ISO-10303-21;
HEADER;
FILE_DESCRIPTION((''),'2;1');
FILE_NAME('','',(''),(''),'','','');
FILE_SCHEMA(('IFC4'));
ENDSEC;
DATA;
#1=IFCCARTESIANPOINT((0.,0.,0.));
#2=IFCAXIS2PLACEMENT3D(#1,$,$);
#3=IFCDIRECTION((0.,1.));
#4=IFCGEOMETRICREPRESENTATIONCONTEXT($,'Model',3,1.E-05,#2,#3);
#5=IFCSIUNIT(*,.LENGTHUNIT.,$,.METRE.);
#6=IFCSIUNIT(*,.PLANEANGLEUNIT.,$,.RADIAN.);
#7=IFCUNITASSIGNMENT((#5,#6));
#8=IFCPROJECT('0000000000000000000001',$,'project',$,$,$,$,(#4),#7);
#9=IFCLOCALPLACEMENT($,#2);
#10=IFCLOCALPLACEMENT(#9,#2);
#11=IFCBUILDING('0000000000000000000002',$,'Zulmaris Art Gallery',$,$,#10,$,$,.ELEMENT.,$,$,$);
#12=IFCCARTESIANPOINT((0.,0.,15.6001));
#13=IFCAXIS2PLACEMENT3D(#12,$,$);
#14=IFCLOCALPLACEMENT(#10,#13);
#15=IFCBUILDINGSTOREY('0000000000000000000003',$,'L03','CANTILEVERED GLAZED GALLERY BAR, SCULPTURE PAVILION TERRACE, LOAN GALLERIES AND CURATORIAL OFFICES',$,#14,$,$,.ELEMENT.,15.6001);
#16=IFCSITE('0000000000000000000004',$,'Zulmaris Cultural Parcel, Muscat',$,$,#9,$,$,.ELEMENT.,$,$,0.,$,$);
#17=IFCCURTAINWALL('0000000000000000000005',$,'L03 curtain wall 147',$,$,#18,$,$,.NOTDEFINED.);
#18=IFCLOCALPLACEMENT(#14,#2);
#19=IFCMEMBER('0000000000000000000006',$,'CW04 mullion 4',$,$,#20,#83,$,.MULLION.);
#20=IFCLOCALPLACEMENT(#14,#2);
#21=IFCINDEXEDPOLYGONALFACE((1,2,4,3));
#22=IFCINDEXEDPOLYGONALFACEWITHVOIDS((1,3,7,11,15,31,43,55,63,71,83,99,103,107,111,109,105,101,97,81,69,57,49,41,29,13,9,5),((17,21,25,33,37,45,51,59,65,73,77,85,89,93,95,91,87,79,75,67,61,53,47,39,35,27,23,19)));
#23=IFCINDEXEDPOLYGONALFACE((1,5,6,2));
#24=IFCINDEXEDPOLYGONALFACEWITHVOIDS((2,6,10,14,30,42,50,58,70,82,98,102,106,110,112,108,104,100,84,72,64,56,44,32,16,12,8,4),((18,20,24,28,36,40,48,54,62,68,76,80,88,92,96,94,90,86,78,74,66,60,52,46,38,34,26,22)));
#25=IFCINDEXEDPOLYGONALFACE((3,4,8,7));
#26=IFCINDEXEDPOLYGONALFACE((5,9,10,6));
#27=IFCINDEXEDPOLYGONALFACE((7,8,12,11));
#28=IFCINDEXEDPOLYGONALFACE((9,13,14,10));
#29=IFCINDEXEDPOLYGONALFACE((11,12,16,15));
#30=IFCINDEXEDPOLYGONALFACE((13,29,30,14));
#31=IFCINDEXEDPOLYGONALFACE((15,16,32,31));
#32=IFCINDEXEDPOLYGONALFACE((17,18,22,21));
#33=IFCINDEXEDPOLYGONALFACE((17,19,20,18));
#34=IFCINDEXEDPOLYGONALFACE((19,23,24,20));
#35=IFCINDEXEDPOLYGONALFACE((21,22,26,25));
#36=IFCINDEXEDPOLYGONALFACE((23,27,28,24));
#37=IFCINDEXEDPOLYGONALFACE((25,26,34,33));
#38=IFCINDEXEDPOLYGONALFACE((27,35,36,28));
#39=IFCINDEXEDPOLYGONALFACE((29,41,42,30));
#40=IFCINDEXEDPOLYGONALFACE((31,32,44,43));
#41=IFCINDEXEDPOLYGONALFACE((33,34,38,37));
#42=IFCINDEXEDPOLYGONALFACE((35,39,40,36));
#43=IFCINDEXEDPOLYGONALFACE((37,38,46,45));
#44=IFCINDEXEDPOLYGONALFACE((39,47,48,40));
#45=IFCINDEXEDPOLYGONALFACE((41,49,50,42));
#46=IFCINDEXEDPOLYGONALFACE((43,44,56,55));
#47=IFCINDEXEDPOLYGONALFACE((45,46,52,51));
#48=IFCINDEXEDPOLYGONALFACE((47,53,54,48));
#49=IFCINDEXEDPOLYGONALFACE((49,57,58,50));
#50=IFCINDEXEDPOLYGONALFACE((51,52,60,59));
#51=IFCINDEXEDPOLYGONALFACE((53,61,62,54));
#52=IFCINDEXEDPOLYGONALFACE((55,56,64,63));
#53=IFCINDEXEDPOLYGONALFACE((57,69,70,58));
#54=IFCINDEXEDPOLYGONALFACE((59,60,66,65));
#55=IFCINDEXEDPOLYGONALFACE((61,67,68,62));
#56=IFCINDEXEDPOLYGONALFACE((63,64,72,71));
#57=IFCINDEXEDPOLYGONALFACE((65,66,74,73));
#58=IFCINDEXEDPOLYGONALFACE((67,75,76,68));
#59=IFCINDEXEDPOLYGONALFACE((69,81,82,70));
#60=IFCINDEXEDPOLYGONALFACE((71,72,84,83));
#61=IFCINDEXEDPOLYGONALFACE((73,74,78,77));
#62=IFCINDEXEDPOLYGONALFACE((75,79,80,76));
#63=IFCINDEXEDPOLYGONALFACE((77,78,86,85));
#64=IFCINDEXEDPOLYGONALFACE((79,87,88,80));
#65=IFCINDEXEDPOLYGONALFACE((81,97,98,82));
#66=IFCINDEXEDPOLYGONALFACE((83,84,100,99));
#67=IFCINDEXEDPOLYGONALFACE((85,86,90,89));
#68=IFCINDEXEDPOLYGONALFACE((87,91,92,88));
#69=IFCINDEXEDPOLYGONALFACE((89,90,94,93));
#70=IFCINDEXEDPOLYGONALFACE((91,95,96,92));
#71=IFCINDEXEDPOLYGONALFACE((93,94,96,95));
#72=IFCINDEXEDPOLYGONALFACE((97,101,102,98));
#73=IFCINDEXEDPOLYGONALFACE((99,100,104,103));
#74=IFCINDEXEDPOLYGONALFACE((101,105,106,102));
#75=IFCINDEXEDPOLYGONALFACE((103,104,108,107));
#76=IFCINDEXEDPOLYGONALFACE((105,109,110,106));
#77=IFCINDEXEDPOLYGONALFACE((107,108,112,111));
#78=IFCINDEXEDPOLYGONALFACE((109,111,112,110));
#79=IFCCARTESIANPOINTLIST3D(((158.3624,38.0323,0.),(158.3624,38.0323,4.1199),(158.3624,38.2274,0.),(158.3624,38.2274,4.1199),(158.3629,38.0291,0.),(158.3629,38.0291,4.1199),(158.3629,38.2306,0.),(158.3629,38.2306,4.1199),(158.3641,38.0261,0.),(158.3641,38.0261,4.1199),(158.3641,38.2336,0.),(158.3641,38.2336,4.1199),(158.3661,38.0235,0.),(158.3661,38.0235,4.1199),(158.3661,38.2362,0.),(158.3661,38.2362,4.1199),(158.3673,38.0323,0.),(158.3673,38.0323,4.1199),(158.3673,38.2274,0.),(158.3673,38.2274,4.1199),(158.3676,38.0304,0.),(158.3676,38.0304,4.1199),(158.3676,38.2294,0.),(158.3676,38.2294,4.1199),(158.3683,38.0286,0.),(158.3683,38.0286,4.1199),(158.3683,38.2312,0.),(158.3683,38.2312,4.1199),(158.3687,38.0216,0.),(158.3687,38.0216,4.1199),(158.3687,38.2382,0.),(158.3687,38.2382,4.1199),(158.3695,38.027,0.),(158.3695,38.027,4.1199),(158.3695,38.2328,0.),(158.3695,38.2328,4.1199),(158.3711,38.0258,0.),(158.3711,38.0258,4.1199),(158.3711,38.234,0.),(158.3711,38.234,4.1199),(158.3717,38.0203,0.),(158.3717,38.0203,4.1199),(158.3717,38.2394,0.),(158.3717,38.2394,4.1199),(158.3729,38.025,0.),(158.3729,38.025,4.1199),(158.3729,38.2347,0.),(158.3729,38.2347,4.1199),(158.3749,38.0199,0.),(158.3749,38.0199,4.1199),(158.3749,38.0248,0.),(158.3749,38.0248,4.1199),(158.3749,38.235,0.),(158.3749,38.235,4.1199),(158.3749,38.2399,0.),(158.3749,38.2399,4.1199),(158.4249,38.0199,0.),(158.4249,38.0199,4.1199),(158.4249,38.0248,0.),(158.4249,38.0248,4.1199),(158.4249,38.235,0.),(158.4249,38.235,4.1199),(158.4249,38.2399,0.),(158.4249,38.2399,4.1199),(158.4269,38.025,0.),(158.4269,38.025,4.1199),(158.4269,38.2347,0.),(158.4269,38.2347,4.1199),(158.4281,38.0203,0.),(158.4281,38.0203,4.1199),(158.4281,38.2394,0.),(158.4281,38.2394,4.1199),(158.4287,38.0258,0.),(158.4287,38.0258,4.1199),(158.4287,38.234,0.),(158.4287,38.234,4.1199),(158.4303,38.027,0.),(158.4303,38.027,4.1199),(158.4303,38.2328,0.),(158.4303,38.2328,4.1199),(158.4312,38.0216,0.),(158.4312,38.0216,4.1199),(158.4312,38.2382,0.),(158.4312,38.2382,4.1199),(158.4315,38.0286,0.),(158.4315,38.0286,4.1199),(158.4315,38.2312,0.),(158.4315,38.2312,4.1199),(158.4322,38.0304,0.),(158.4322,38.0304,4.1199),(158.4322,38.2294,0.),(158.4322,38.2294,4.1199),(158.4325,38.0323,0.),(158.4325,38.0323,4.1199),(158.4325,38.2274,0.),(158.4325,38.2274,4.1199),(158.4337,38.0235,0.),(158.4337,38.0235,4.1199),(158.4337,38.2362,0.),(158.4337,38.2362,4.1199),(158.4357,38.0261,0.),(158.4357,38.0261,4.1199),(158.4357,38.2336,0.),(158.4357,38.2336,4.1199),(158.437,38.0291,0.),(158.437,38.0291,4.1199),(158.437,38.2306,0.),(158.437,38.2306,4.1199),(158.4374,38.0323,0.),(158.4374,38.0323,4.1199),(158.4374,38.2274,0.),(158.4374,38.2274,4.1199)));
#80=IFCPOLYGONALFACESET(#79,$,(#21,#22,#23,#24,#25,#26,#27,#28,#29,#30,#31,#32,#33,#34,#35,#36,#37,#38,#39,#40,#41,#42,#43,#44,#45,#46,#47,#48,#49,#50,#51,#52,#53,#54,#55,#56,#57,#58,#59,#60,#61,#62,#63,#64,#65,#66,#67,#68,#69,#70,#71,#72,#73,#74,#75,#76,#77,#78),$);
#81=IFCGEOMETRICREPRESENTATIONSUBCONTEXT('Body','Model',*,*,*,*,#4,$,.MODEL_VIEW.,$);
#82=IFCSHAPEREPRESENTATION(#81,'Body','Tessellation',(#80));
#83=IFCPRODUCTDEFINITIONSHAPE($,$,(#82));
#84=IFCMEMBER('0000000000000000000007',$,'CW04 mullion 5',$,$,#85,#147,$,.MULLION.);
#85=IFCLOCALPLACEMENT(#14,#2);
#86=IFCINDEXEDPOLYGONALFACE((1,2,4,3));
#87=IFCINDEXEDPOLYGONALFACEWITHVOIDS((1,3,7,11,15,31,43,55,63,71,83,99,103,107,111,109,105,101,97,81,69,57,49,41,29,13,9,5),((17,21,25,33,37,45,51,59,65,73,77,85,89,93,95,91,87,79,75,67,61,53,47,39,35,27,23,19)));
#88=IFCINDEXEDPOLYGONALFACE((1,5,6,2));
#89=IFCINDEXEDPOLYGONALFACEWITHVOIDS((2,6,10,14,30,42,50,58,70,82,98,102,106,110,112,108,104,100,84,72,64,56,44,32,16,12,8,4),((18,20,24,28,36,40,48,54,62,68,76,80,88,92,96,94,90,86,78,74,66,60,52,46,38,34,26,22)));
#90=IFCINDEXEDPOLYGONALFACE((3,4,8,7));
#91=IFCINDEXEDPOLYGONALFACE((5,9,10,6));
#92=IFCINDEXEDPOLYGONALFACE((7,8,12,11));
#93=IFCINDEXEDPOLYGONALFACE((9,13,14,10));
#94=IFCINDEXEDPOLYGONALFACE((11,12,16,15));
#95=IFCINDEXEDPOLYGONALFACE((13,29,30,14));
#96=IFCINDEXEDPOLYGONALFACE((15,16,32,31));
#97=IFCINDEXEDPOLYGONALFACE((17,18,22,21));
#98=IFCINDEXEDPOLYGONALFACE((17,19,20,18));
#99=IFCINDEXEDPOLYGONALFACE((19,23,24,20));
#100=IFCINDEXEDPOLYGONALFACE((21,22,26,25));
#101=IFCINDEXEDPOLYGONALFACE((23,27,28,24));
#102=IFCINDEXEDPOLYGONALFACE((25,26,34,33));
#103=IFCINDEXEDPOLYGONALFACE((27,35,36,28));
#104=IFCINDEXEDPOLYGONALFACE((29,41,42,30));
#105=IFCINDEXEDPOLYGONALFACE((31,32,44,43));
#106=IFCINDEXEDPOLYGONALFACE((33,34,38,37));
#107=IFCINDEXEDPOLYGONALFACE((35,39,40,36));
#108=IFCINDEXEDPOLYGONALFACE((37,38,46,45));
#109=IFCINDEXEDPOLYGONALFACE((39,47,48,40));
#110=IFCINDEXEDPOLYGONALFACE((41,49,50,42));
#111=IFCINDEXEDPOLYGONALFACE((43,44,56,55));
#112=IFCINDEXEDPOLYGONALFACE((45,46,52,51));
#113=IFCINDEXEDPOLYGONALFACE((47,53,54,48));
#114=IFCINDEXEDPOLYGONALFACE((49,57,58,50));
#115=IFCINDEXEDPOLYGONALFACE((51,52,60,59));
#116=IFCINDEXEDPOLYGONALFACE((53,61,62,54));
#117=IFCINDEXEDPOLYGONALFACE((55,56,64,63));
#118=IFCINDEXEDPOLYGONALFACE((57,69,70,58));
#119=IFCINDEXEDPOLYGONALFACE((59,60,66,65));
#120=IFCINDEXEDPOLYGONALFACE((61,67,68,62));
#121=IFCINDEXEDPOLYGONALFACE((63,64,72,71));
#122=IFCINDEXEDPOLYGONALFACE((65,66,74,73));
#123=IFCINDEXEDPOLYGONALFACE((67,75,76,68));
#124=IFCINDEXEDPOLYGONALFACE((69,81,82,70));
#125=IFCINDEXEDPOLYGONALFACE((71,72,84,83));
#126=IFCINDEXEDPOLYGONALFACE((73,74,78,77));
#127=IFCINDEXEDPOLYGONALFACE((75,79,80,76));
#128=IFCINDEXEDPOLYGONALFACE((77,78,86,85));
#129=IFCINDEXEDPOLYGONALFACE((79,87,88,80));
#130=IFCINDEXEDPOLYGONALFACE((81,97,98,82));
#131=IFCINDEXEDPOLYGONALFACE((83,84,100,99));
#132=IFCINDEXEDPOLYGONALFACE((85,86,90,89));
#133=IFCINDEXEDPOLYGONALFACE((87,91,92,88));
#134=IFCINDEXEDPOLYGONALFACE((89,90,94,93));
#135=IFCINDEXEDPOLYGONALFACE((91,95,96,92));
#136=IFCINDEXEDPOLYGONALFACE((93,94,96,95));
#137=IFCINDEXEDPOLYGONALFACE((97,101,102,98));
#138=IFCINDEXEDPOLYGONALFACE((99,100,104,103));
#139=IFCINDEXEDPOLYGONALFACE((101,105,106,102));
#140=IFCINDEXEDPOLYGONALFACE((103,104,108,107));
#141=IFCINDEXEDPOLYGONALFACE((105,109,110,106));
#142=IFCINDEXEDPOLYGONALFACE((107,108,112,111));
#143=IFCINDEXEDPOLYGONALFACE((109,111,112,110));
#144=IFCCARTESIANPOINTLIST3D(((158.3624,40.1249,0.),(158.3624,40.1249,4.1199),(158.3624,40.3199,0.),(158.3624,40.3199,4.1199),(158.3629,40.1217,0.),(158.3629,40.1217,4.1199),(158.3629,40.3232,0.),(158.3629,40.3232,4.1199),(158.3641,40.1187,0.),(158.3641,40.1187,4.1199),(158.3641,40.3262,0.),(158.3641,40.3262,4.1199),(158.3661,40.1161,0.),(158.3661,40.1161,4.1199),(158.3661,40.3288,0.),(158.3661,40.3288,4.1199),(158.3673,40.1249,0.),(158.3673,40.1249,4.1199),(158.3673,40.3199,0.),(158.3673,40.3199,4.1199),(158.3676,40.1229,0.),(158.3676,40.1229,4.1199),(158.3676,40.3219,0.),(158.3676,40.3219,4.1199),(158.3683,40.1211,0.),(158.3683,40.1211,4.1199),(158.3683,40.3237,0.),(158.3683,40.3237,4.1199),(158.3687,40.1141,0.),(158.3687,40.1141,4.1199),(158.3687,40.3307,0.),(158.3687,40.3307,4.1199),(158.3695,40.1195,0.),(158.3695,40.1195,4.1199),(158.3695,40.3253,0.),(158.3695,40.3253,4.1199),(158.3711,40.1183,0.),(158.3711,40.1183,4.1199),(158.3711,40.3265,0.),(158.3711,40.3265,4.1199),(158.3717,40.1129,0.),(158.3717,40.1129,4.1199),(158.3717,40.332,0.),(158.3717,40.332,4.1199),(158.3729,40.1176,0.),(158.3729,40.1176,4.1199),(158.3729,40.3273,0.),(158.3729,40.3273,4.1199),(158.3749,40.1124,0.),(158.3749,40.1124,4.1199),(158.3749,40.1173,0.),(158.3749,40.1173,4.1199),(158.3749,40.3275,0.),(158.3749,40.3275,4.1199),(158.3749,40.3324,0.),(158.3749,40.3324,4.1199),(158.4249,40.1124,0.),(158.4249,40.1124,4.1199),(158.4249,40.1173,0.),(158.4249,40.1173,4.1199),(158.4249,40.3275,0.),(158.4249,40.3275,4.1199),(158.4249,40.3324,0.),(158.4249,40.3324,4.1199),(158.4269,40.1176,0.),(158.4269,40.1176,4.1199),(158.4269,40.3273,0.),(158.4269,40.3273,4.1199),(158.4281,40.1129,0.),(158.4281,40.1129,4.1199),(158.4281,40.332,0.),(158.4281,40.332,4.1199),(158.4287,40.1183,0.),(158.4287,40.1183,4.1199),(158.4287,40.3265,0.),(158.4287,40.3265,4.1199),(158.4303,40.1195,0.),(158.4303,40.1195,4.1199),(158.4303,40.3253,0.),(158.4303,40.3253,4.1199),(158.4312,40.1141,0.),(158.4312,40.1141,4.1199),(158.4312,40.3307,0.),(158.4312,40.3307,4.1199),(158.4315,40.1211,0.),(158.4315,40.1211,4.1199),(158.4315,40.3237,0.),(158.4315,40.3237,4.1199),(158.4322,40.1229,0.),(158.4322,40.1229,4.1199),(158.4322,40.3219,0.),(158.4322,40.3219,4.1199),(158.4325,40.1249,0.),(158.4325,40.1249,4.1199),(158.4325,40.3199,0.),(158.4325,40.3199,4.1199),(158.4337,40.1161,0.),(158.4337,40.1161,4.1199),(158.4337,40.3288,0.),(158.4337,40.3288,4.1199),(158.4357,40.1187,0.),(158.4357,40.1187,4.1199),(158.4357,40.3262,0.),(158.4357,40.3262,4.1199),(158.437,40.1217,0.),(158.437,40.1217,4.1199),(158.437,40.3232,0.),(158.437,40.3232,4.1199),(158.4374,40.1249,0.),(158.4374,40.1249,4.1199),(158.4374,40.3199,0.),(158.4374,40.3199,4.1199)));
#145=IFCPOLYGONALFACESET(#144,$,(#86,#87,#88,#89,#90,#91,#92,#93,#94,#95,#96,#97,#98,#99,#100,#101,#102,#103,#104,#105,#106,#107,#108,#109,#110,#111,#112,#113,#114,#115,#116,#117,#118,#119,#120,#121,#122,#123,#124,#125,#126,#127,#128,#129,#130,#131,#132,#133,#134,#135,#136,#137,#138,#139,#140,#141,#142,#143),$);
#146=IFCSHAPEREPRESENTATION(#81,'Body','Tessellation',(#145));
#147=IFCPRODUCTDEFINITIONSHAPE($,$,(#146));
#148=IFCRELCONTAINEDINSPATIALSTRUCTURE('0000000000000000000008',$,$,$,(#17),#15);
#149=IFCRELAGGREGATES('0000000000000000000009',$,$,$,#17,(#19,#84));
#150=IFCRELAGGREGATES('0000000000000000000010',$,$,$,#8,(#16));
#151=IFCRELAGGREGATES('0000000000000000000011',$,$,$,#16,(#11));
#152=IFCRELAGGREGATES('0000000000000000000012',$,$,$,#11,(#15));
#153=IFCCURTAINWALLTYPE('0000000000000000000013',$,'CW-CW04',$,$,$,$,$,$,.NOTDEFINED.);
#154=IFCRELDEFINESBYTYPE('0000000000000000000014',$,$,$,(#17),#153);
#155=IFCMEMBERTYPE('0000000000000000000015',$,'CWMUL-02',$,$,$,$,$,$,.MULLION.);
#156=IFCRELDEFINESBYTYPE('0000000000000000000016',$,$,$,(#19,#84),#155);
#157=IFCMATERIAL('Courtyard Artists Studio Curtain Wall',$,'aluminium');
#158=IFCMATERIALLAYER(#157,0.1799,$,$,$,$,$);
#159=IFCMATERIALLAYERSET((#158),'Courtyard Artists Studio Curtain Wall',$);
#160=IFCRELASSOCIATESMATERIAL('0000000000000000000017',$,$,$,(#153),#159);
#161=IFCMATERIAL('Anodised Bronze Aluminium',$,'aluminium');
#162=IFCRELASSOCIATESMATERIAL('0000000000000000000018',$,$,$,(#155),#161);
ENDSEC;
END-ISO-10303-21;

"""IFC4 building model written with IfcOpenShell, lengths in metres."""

from ifc_helpers import new_model, si_unit, direction, frame, origin, origin_2d, place, context, subcontext, project, spatial, hollow_rectangle, extrude, material, layer, layer_set, material_profile, profile_set, type_object, element, aggregate, save


model = new_model("IFC4")

# Units and contexts
model_context = context("Model", 3, precision=1e-05, world=origin(), true_north=direction((0.0, 1.0)))
body_context = subcontext(model_context, "Body", "Model", "MODEL_VIEW")
ifc_project = project(units=[si_unit("LENGTHUNIT", "METRE"), si_unit("PLANEANGLEUNIT", "RADIAN")], contexts=[model_context])

# Site, building, storey
site_placement = place(None, origin())
site = spatial("IfcSite", under=ifc_project, at=site_placement, Name="Zulmaris Cultural Parcel, Muscat", CompositionType="ELEMENT", RefElevation=0.0)
building_placement = place(site_placement, origin())
building = spatial("IfcBuilding", under=site, at=building_placement, Name="Zulmaris Art Gallery", CompositionType="ELEMENT")
storey_placement = place(building_placement, frame((0.0, 0.0, 15.6001)))
storey = spatial("IfcBuildingStorey", under=building, at=storey_placement, Name="L03", Description="CANTILEVERED GLAZED GALLERY BAR, SCULPTURE PAVILION TERRACE, LOAN GALLERIES AND CURATORIAL OFFICES", CompositionType="ELEMENT", Elevation=15.6001)

# Curtain wall, members
ifc_material_1 = material(Name="Courtyard Artists Studio Curtain Wall", Category="aluminium")
ifc_layer_1 = layer(ifc_material_1, 0.1799)
ifc_layer_set_1 = layer_set([ifc_layer_1], Name="Courtyard Artists Studio Curtain Wall")
curtain_wall_type = type_object("IfcCurtainWallType", Name="CW-CW04", PredefinedType="NOTDEFINED", material=ifc_layer_set_1)
curtain_wall_1_placement = place(storey_placement, origin())
curtain_wall_1 = element("IfcCurtainWall", 1, at=curtain_wall_1_placement, inside=storey, type_object=curtain_wall_type, Name="L03 curtain wall 147", PredefinedType="NOTDEFINED")
ifc_material_2 = material(Name="Anodised Bronze Aluminium", Category="aluminium")
ifc_material_profile_1 = material_profile(ifc_material_2, hollow_rectangle(XDim=0.075, YDim=0.22, WallThickness=0.0049, InnerFilletRadius=0.0076, OuterFilletRadius=0.0125, at=origin_2d()), Name="ALU 75x220x5")
ifc_profile_set_1 = profile_set([ifc_material_profile_1], Name="Anodised Bronze Aluminium")
member_type_1 = type_object("IfcMemberType", Name="CWMUL-02", PredefinedType="MULLION", material=ifc_profile_set_1)
member_1_placement = place(storey_placement, frame((158.3999, 38.1299, 0.0), z_axis=(0.0, 0.0, 1.0), x_axis=(-1.0, 0.0, 0.0)))
member_1 = element("IfcMember", 2, at=member_1_placement, type_object=member_type_1, Name="CW04 mullion 4", PredefinedType="MULLION", context=body_context, shape_type="SweptSolid", body=[
    extrude(hollow_rectangle(XDim=0.075, YDim=0.22, WallThickness=0.0049, InnerFilletRadius=0.0076, OuterFilletRadius=0.0125, at=origin_2d()), origin(), (0.0, 0.0, 1.0), 4.1199),
])
member_2_placement = place(storey_placement, frame((158.3999, 40.2224, 0.0), z_axis=(0.0, 0.0, 1.0), x_axis=(-1.0, 0.0, 0.0)))
member_2 = element("IfcMember", 3, at=member_2_placement, type_object=member_type_1, Name="CW04 mullion 5", PredefinedType="MULLION", context=body_context, shape_type="SweptSolid", body=[
    extrude(hollow_rectangle(XDim=0.075, YDim=0.22, WallThickness=0.0049, InnerFilletRadius=0.0076, OuterFilletRadius=0.0125, at=origin_2d()), origin(), (0.0, 0.0, 1.0), 4.1199),
])

aggregate(curtain_wall_1, [member_1, member_2])

save(model, "model.ifc")
